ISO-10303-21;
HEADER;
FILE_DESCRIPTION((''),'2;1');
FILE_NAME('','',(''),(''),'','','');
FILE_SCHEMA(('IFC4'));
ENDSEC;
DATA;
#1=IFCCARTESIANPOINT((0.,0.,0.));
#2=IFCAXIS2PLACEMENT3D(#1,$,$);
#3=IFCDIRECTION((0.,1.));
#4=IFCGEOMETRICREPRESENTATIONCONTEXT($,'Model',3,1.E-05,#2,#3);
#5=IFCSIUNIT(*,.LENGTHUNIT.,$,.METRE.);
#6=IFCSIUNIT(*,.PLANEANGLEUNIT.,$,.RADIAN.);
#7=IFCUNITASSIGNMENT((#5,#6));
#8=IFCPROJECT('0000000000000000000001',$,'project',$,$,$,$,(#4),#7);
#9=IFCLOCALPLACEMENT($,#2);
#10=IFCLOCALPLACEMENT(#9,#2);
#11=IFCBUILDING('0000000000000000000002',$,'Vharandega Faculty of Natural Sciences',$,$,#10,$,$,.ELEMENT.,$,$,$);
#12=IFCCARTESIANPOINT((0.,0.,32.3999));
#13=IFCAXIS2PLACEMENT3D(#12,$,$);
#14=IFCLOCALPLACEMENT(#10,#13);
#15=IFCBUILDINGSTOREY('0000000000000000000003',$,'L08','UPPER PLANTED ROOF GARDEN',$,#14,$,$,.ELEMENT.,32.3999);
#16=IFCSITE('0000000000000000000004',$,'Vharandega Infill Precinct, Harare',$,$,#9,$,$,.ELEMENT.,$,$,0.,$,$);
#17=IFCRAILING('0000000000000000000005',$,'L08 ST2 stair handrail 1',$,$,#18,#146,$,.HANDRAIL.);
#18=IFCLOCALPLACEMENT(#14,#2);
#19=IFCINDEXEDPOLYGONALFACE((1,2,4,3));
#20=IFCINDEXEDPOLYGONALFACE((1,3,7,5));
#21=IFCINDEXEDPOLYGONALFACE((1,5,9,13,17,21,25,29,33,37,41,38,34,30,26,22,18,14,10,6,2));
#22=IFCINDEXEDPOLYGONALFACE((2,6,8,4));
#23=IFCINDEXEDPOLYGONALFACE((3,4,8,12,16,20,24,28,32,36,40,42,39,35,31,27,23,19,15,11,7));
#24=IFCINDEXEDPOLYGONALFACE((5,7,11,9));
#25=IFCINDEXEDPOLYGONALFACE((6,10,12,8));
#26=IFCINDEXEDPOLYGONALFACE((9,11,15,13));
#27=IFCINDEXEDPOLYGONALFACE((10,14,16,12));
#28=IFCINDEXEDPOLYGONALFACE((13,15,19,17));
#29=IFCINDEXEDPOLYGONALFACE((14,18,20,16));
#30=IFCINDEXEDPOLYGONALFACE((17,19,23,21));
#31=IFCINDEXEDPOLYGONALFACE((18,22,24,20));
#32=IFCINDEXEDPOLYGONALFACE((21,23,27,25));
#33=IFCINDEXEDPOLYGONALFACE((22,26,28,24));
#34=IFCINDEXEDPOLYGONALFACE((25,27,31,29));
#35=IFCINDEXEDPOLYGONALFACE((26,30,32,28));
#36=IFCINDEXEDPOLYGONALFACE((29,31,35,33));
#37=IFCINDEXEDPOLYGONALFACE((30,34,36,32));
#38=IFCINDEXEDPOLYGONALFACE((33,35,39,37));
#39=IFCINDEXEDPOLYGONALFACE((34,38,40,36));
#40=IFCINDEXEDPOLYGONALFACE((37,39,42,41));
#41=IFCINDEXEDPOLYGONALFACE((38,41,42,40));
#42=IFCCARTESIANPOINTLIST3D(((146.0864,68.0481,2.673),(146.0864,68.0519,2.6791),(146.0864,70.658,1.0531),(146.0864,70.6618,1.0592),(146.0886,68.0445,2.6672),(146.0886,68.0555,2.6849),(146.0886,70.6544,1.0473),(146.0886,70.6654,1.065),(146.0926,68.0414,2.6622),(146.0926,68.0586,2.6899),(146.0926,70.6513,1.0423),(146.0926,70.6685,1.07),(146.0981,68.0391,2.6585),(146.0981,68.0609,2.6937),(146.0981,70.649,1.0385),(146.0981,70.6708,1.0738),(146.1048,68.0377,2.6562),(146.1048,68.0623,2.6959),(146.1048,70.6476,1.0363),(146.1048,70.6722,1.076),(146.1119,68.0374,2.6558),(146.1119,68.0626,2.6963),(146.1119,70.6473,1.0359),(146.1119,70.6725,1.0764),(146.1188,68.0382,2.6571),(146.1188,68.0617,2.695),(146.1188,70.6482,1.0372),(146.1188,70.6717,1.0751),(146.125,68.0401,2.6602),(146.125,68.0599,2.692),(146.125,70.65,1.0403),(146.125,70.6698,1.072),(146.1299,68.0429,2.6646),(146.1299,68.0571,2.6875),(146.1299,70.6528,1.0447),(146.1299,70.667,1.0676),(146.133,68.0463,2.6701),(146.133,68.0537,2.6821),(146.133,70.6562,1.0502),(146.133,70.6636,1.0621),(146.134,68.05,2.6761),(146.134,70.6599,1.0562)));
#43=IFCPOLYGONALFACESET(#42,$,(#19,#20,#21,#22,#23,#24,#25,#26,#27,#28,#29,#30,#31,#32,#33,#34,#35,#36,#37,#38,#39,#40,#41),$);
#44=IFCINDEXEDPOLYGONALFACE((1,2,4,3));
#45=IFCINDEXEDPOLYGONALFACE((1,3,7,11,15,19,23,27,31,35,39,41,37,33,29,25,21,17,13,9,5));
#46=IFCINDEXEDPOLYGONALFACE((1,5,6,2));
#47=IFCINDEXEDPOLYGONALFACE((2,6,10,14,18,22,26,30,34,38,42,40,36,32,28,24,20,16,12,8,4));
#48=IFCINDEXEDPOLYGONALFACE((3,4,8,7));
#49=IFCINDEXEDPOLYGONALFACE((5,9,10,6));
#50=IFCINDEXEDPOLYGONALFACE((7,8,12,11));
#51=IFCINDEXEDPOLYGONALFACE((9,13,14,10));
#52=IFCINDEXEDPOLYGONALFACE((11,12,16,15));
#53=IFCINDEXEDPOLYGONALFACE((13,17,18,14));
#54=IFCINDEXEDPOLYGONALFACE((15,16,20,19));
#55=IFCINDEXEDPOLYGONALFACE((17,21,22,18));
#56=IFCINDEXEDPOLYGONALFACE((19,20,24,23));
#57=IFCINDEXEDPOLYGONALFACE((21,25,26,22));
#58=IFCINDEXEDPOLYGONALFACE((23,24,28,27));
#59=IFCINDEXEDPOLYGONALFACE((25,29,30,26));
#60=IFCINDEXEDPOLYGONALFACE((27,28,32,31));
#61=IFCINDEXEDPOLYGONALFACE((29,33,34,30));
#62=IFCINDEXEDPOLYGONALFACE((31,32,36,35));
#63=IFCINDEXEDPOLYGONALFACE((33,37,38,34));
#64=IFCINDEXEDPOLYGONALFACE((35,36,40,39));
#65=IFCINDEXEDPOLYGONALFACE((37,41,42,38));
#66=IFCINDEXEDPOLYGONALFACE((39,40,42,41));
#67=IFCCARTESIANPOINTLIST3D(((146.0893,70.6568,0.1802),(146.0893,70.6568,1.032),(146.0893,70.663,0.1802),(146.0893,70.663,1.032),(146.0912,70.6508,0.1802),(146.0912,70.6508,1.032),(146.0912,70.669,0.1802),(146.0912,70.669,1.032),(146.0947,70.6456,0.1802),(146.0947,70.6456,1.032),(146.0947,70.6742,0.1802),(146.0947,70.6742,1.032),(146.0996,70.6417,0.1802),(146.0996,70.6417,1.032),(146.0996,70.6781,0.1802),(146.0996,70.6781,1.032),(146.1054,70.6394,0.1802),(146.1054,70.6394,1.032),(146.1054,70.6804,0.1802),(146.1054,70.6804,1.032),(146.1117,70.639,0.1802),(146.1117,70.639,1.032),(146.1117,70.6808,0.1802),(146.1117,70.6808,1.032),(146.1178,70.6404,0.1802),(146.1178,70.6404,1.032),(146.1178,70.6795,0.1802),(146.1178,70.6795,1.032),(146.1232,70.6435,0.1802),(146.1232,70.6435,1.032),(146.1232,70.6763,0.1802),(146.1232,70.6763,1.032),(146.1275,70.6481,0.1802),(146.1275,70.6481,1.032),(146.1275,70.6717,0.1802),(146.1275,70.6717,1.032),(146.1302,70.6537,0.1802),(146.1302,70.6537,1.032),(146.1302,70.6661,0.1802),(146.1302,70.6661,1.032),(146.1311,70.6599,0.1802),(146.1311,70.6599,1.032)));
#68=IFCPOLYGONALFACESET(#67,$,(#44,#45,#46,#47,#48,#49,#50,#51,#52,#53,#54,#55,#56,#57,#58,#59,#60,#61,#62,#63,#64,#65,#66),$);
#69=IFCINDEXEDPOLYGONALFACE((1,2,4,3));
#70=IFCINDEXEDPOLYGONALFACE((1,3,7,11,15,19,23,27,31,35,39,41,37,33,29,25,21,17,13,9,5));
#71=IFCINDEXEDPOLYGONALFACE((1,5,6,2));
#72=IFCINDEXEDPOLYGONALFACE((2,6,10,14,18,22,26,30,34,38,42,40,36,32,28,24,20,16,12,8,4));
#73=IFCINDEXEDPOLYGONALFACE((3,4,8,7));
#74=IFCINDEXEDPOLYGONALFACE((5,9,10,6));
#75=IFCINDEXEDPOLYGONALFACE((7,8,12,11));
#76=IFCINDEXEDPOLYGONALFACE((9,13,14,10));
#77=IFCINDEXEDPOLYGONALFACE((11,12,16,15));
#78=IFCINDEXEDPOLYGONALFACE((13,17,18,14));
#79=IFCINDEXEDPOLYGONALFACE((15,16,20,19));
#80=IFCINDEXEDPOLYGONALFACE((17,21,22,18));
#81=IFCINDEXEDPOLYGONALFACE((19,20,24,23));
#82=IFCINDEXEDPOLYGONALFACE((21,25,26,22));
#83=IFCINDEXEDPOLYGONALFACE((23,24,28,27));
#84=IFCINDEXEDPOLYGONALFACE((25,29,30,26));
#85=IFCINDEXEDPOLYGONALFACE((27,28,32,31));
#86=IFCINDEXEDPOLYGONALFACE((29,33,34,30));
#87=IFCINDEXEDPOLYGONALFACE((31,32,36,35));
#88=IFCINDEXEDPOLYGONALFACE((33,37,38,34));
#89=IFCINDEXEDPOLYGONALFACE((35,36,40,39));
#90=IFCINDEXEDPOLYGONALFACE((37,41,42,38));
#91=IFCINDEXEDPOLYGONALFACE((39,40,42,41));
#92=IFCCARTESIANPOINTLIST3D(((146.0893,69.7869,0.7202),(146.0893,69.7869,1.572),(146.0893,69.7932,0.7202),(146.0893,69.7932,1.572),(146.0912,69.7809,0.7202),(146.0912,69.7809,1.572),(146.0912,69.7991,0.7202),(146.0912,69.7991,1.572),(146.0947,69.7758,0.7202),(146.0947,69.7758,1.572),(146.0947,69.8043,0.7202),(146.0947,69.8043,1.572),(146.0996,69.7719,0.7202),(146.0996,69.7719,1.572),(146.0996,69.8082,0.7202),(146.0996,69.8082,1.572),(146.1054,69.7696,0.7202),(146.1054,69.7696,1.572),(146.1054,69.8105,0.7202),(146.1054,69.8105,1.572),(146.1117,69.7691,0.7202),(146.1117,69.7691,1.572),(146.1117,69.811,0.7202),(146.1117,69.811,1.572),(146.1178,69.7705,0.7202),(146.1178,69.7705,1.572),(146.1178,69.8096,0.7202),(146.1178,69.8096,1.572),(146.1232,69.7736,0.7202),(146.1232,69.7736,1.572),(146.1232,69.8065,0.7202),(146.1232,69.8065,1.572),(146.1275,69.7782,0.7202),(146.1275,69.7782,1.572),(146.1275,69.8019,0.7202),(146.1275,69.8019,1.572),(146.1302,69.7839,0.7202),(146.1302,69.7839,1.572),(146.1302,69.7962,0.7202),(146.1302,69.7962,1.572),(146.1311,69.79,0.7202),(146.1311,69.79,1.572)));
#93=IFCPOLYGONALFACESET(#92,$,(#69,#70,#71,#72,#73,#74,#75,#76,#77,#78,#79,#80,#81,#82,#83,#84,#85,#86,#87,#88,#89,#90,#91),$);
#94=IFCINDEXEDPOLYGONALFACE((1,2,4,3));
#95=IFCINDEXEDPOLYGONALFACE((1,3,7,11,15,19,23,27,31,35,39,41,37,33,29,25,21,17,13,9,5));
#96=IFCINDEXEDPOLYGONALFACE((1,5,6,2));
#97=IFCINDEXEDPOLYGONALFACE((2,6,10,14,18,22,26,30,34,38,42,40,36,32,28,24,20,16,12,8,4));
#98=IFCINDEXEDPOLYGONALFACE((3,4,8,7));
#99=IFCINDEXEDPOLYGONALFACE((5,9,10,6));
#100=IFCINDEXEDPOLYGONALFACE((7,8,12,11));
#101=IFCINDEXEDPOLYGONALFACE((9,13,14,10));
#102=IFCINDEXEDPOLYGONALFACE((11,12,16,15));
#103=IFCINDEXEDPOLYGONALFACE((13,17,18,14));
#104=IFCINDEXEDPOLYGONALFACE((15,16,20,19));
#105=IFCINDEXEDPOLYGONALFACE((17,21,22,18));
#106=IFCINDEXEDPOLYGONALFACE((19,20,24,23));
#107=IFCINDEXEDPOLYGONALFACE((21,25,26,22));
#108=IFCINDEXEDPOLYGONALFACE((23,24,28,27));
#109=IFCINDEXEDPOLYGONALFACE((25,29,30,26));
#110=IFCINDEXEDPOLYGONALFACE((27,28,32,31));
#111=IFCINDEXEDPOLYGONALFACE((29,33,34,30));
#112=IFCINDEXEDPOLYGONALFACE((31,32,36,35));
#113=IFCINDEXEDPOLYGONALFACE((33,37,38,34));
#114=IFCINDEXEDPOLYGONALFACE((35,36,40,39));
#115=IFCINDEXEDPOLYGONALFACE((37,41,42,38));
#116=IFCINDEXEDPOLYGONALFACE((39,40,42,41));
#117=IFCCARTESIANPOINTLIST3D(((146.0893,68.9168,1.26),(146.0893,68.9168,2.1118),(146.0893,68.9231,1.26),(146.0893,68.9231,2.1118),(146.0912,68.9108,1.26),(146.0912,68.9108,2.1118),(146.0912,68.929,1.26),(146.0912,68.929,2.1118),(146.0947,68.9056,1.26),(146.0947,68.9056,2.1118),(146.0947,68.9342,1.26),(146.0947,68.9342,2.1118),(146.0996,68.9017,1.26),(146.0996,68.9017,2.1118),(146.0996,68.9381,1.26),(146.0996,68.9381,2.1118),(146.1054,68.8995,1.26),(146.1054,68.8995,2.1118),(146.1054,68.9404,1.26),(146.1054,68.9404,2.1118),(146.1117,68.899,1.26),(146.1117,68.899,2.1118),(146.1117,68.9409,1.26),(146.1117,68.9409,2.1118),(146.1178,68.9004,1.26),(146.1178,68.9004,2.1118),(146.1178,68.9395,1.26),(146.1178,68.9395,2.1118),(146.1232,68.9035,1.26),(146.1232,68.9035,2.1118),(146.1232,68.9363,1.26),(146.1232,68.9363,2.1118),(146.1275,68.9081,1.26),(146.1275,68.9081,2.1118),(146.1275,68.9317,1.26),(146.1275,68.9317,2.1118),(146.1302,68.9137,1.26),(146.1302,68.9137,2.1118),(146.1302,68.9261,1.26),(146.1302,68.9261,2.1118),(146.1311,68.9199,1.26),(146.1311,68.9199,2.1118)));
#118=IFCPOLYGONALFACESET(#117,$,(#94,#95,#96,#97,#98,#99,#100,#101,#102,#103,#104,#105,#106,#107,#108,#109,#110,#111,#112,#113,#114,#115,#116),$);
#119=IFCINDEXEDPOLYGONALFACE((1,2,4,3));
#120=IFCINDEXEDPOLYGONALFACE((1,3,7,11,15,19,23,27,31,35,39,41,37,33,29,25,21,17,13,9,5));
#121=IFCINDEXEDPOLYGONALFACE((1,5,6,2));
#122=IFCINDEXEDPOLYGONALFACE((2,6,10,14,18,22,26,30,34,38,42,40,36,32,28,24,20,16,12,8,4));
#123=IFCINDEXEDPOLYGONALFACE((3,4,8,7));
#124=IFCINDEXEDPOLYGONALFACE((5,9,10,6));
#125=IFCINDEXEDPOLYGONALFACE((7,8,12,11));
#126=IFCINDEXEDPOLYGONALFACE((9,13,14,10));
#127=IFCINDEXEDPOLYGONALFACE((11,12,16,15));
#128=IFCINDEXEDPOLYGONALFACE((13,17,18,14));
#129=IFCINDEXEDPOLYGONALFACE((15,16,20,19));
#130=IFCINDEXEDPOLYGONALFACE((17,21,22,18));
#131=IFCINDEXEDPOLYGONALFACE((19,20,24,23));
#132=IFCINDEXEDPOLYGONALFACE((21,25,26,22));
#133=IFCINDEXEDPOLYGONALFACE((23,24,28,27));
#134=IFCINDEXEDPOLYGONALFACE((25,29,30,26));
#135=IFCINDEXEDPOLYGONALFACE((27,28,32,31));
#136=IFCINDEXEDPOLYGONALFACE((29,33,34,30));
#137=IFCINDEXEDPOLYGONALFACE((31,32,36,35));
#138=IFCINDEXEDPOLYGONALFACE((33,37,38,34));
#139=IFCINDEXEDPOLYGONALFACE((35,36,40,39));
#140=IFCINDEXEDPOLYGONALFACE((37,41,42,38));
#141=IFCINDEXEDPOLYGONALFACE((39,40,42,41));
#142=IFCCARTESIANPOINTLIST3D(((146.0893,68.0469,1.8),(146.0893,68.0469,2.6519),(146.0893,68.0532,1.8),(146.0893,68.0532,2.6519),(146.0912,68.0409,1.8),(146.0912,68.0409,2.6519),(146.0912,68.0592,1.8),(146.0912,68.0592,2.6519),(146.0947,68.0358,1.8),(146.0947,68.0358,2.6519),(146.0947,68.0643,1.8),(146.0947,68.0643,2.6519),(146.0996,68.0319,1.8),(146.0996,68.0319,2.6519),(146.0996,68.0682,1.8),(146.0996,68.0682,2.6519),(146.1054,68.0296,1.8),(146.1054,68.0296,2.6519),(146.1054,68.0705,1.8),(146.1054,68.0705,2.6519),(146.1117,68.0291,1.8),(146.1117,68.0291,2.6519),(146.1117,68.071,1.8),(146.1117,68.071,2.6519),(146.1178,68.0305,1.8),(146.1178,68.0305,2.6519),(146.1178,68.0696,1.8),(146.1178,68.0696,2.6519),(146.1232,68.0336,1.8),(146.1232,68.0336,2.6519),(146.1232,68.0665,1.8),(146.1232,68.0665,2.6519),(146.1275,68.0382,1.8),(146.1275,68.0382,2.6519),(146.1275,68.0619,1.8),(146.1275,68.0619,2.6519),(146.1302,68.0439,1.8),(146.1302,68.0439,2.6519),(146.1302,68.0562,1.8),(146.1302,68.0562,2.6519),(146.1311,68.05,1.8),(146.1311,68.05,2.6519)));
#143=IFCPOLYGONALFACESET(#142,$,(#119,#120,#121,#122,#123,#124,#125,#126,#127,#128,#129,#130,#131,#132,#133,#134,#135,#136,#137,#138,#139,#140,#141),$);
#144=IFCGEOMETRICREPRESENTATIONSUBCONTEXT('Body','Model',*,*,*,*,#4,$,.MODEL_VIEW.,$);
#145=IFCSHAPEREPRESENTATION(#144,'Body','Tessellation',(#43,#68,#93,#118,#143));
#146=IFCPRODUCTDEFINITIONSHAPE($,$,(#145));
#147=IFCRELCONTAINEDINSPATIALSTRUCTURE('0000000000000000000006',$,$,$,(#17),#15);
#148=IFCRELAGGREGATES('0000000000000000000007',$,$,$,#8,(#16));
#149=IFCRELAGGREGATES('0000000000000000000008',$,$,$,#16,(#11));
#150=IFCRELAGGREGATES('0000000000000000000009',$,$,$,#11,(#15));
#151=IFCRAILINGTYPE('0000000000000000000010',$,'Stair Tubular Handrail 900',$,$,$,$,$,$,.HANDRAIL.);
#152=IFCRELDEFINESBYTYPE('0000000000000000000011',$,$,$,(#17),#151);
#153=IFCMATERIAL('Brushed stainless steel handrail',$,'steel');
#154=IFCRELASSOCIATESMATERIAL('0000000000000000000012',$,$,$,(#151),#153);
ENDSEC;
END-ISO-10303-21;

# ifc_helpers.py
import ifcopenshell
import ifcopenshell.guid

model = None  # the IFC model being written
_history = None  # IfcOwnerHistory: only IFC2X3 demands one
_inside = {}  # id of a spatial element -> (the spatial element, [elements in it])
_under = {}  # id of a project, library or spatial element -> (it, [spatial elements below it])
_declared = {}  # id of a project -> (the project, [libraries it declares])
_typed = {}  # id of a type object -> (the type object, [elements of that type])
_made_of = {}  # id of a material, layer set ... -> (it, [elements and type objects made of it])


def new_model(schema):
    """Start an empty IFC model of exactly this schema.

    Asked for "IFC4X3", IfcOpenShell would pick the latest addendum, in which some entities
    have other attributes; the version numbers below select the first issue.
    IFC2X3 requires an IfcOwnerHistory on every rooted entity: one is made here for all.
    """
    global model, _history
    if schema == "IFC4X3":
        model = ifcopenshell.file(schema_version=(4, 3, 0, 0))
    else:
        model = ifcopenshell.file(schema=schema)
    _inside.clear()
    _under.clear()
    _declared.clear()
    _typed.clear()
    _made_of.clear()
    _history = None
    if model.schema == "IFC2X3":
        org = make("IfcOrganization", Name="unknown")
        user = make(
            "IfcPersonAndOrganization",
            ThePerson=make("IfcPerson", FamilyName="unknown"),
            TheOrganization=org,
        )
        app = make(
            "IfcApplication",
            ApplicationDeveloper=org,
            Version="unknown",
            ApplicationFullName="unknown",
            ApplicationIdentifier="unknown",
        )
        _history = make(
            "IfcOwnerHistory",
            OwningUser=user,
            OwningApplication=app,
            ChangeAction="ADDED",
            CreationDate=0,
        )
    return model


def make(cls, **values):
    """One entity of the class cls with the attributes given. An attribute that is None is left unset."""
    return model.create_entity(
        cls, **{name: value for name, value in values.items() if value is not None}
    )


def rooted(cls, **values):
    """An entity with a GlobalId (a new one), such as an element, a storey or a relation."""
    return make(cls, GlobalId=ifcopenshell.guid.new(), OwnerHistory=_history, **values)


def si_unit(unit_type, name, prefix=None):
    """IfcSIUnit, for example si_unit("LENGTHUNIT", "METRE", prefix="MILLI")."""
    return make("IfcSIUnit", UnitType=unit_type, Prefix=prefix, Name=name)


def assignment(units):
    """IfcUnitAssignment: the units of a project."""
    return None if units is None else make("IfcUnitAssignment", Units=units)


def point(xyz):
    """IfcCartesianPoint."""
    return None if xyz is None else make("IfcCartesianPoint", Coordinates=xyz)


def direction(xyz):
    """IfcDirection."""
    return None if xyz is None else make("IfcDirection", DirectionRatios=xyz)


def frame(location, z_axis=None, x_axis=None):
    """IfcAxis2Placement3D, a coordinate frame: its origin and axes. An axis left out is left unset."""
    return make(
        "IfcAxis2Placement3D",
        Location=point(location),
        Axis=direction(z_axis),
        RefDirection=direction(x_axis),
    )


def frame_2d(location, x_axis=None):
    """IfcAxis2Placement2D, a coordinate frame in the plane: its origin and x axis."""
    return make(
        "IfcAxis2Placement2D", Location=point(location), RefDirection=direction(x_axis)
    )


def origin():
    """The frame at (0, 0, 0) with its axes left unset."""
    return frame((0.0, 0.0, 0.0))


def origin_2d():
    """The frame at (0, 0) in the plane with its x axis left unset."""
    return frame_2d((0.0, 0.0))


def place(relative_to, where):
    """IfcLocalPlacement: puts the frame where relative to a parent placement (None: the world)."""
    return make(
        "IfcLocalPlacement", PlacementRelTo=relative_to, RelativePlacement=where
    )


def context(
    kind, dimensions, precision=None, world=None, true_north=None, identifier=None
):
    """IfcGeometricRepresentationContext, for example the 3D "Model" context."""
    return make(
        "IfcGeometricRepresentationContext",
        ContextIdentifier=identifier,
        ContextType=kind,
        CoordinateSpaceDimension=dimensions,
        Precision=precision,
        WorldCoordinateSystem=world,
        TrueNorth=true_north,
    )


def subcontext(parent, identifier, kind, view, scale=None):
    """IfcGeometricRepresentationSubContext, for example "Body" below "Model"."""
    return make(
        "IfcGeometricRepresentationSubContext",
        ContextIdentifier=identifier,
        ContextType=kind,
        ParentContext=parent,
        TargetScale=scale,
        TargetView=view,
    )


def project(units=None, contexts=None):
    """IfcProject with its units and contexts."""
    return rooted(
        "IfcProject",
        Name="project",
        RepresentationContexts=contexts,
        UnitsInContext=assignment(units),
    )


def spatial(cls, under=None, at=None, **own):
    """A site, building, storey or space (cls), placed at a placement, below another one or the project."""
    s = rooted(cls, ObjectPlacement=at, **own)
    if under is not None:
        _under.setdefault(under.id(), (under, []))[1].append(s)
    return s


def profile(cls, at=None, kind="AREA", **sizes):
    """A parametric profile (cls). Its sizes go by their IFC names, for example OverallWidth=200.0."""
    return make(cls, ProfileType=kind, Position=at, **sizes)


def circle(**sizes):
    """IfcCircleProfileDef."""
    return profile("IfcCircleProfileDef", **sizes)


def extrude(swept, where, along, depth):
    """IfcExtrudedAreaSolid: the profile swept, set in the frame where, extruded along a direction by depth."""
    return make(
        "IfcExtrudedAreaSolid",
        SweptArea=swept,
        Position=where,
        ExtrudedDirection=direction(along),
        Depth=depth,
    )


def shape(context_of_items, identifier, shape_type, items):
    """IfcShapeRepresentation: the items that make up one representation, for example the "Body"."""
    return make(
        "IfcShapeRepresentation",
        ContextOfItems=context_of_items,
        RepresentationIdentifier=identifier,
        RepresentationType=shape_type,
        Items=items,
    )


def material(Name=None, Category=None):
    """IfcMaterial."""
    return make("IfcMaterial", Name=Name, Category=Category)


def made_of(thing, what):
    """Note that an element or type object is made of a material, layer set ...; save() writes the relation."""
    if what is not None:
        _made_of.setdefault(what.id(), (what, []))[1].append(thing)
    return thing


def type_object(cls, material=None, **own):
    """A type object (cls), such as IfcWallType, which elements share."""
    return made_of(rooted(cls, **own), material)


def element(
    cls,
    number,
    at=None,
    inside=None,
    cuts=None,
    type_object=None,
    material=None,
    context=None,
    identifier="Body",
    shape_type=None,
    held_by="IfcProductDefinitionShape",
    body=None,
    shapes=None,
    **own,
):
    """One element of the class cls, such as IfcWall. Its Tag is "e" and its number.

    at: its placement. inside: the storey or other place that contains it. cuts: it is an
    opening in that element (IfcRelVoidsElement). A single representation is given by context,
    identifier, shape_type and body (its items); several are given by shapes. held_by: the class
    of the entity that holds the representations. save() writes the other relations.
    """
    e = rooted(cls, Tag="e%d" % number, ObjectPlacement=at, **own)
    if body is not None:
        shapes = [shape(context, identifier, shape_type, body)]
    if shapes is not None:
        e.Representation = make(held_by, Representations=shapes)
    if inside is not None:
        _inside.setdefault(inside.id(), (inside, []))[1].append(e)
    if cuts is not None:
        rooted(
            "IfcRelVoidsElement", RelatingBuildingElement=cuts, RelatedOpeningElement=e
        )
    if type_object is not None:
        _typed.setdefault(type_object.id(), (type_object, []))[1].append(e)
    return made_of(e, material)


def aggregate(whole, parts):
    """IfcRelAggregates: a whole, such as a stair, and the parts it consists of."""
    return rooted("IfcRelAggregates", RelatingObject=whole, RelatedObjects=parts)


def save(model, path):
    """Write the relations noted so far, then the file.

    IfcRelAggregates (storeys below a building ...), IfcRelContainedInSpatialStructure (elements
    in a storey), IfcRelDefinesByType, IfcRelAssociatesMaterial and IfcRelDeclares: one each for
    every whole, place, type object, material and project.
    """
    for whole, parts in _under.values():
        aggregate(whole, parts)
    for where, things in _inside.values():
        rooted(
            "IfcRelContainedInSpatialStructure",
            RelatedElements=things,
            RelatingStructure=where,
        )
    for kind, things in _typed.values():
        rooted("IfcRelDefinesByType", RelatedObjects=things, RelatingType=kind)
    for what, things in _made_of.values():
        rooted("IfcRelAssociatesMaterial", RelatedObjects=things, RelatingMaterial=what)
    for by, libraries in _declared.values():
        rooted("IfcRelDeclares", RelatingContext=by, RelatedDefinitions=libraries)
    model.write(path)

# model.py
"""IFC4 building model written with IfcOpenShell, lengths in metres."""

from ifc_helpers import new_model, si_unit, direction, frame, origin, origin_2d, place, context, subcontext, project, spatial, circle, extrude, material, type_object, element, save


model = new_model("IFC4")

# Units and contexts
model_context = context("Model", 3, precision=1e-05, world=origin(), true_north=direction((0.0, 1.0)))
body_context = subcontext(model_context, "Body", "Model", "MODEL_VIEW")
ifc_project = project(units=[si_unit("LENGTHUNIT", "METRE"), si_unit("PLANEANGLEUNIT", "RADIAN")], contexts=[model_context])

# Site, building, storey
site_placement = place(None, origin())
site = spatial("IfcSite", under=ifc_project, at=site_placement, Name="Vharandega Infill Precinct, Harare", CompositionType="ELEMENT", RefElevation=0.0)
building_placement = place(site_placement, origin())
building = spatial("IfcBuilding", under=site, at=building_placement, Name="Vharandega Faculty of Natural Sciences", CompositionType="ELEMENT")
storey_placement = place(building_placement, frame((0.0, 0.0, 32.3999)))
storey = spatial("IfcBuildingStorey", under=building, at=storey_placement, Name="L08", Description="UPPER PLANTED ROOF GARDEN", CompositionType="ELEMENT", Elevation=32.3999)

# Railing
ifc_material_1 = material(Name="Brushed stainless steel handrail", Category="steel")
railing_type = type_object("IfcRailingType", Name="Stair Tubular Handrail 900", PredefinedType="HANDRAIL", material=ifc_material_1)
railing_placement = place(storey_placement, frame((146.1101, 70.6599, 0.1802)))
element("IfcRailing", 1, at=railing_placement, inside=storey, type_object=railing_type, Name="L08 ST2 stair handrail 1", PredefinedType="HANDRAIL", context=body_context, shape_type="SweptSolid", body=[
    extrude(circle(Radius=0.0239, at=origin_2d()), frame((0.0, 0.0, 0.876), z_axis=(0.0, -0.849646, 0.527353), x_axis=(1.0, 0.0, 0.0)), (0.0, 0.0, 1.0), 3.0718),
    extrude(circle(Radius=0.021, at=origin_2d()), origin(), (0.0, 0.0, 1.0), 0.8518),
    extrude(circle(Radius=0.021, at=origin_2d()), frame((0.0, -0.8699, 0.54)), (0.0, 0.0, 1.0), 0.8518),
    extrude(circle(Radius=0.021, at=origin_2d()), frame((0.0, -1.74, 1.0798)), (0.0, 0.0, 1.0), 0.8518),
    extrude(circle(Radius=0.021, at=origin_2d()), frame((0.0, -2.6099, 1.6199)), (0.0, 0.0, 1.0), 0.8518),
])

save(model, "model.ifc")
